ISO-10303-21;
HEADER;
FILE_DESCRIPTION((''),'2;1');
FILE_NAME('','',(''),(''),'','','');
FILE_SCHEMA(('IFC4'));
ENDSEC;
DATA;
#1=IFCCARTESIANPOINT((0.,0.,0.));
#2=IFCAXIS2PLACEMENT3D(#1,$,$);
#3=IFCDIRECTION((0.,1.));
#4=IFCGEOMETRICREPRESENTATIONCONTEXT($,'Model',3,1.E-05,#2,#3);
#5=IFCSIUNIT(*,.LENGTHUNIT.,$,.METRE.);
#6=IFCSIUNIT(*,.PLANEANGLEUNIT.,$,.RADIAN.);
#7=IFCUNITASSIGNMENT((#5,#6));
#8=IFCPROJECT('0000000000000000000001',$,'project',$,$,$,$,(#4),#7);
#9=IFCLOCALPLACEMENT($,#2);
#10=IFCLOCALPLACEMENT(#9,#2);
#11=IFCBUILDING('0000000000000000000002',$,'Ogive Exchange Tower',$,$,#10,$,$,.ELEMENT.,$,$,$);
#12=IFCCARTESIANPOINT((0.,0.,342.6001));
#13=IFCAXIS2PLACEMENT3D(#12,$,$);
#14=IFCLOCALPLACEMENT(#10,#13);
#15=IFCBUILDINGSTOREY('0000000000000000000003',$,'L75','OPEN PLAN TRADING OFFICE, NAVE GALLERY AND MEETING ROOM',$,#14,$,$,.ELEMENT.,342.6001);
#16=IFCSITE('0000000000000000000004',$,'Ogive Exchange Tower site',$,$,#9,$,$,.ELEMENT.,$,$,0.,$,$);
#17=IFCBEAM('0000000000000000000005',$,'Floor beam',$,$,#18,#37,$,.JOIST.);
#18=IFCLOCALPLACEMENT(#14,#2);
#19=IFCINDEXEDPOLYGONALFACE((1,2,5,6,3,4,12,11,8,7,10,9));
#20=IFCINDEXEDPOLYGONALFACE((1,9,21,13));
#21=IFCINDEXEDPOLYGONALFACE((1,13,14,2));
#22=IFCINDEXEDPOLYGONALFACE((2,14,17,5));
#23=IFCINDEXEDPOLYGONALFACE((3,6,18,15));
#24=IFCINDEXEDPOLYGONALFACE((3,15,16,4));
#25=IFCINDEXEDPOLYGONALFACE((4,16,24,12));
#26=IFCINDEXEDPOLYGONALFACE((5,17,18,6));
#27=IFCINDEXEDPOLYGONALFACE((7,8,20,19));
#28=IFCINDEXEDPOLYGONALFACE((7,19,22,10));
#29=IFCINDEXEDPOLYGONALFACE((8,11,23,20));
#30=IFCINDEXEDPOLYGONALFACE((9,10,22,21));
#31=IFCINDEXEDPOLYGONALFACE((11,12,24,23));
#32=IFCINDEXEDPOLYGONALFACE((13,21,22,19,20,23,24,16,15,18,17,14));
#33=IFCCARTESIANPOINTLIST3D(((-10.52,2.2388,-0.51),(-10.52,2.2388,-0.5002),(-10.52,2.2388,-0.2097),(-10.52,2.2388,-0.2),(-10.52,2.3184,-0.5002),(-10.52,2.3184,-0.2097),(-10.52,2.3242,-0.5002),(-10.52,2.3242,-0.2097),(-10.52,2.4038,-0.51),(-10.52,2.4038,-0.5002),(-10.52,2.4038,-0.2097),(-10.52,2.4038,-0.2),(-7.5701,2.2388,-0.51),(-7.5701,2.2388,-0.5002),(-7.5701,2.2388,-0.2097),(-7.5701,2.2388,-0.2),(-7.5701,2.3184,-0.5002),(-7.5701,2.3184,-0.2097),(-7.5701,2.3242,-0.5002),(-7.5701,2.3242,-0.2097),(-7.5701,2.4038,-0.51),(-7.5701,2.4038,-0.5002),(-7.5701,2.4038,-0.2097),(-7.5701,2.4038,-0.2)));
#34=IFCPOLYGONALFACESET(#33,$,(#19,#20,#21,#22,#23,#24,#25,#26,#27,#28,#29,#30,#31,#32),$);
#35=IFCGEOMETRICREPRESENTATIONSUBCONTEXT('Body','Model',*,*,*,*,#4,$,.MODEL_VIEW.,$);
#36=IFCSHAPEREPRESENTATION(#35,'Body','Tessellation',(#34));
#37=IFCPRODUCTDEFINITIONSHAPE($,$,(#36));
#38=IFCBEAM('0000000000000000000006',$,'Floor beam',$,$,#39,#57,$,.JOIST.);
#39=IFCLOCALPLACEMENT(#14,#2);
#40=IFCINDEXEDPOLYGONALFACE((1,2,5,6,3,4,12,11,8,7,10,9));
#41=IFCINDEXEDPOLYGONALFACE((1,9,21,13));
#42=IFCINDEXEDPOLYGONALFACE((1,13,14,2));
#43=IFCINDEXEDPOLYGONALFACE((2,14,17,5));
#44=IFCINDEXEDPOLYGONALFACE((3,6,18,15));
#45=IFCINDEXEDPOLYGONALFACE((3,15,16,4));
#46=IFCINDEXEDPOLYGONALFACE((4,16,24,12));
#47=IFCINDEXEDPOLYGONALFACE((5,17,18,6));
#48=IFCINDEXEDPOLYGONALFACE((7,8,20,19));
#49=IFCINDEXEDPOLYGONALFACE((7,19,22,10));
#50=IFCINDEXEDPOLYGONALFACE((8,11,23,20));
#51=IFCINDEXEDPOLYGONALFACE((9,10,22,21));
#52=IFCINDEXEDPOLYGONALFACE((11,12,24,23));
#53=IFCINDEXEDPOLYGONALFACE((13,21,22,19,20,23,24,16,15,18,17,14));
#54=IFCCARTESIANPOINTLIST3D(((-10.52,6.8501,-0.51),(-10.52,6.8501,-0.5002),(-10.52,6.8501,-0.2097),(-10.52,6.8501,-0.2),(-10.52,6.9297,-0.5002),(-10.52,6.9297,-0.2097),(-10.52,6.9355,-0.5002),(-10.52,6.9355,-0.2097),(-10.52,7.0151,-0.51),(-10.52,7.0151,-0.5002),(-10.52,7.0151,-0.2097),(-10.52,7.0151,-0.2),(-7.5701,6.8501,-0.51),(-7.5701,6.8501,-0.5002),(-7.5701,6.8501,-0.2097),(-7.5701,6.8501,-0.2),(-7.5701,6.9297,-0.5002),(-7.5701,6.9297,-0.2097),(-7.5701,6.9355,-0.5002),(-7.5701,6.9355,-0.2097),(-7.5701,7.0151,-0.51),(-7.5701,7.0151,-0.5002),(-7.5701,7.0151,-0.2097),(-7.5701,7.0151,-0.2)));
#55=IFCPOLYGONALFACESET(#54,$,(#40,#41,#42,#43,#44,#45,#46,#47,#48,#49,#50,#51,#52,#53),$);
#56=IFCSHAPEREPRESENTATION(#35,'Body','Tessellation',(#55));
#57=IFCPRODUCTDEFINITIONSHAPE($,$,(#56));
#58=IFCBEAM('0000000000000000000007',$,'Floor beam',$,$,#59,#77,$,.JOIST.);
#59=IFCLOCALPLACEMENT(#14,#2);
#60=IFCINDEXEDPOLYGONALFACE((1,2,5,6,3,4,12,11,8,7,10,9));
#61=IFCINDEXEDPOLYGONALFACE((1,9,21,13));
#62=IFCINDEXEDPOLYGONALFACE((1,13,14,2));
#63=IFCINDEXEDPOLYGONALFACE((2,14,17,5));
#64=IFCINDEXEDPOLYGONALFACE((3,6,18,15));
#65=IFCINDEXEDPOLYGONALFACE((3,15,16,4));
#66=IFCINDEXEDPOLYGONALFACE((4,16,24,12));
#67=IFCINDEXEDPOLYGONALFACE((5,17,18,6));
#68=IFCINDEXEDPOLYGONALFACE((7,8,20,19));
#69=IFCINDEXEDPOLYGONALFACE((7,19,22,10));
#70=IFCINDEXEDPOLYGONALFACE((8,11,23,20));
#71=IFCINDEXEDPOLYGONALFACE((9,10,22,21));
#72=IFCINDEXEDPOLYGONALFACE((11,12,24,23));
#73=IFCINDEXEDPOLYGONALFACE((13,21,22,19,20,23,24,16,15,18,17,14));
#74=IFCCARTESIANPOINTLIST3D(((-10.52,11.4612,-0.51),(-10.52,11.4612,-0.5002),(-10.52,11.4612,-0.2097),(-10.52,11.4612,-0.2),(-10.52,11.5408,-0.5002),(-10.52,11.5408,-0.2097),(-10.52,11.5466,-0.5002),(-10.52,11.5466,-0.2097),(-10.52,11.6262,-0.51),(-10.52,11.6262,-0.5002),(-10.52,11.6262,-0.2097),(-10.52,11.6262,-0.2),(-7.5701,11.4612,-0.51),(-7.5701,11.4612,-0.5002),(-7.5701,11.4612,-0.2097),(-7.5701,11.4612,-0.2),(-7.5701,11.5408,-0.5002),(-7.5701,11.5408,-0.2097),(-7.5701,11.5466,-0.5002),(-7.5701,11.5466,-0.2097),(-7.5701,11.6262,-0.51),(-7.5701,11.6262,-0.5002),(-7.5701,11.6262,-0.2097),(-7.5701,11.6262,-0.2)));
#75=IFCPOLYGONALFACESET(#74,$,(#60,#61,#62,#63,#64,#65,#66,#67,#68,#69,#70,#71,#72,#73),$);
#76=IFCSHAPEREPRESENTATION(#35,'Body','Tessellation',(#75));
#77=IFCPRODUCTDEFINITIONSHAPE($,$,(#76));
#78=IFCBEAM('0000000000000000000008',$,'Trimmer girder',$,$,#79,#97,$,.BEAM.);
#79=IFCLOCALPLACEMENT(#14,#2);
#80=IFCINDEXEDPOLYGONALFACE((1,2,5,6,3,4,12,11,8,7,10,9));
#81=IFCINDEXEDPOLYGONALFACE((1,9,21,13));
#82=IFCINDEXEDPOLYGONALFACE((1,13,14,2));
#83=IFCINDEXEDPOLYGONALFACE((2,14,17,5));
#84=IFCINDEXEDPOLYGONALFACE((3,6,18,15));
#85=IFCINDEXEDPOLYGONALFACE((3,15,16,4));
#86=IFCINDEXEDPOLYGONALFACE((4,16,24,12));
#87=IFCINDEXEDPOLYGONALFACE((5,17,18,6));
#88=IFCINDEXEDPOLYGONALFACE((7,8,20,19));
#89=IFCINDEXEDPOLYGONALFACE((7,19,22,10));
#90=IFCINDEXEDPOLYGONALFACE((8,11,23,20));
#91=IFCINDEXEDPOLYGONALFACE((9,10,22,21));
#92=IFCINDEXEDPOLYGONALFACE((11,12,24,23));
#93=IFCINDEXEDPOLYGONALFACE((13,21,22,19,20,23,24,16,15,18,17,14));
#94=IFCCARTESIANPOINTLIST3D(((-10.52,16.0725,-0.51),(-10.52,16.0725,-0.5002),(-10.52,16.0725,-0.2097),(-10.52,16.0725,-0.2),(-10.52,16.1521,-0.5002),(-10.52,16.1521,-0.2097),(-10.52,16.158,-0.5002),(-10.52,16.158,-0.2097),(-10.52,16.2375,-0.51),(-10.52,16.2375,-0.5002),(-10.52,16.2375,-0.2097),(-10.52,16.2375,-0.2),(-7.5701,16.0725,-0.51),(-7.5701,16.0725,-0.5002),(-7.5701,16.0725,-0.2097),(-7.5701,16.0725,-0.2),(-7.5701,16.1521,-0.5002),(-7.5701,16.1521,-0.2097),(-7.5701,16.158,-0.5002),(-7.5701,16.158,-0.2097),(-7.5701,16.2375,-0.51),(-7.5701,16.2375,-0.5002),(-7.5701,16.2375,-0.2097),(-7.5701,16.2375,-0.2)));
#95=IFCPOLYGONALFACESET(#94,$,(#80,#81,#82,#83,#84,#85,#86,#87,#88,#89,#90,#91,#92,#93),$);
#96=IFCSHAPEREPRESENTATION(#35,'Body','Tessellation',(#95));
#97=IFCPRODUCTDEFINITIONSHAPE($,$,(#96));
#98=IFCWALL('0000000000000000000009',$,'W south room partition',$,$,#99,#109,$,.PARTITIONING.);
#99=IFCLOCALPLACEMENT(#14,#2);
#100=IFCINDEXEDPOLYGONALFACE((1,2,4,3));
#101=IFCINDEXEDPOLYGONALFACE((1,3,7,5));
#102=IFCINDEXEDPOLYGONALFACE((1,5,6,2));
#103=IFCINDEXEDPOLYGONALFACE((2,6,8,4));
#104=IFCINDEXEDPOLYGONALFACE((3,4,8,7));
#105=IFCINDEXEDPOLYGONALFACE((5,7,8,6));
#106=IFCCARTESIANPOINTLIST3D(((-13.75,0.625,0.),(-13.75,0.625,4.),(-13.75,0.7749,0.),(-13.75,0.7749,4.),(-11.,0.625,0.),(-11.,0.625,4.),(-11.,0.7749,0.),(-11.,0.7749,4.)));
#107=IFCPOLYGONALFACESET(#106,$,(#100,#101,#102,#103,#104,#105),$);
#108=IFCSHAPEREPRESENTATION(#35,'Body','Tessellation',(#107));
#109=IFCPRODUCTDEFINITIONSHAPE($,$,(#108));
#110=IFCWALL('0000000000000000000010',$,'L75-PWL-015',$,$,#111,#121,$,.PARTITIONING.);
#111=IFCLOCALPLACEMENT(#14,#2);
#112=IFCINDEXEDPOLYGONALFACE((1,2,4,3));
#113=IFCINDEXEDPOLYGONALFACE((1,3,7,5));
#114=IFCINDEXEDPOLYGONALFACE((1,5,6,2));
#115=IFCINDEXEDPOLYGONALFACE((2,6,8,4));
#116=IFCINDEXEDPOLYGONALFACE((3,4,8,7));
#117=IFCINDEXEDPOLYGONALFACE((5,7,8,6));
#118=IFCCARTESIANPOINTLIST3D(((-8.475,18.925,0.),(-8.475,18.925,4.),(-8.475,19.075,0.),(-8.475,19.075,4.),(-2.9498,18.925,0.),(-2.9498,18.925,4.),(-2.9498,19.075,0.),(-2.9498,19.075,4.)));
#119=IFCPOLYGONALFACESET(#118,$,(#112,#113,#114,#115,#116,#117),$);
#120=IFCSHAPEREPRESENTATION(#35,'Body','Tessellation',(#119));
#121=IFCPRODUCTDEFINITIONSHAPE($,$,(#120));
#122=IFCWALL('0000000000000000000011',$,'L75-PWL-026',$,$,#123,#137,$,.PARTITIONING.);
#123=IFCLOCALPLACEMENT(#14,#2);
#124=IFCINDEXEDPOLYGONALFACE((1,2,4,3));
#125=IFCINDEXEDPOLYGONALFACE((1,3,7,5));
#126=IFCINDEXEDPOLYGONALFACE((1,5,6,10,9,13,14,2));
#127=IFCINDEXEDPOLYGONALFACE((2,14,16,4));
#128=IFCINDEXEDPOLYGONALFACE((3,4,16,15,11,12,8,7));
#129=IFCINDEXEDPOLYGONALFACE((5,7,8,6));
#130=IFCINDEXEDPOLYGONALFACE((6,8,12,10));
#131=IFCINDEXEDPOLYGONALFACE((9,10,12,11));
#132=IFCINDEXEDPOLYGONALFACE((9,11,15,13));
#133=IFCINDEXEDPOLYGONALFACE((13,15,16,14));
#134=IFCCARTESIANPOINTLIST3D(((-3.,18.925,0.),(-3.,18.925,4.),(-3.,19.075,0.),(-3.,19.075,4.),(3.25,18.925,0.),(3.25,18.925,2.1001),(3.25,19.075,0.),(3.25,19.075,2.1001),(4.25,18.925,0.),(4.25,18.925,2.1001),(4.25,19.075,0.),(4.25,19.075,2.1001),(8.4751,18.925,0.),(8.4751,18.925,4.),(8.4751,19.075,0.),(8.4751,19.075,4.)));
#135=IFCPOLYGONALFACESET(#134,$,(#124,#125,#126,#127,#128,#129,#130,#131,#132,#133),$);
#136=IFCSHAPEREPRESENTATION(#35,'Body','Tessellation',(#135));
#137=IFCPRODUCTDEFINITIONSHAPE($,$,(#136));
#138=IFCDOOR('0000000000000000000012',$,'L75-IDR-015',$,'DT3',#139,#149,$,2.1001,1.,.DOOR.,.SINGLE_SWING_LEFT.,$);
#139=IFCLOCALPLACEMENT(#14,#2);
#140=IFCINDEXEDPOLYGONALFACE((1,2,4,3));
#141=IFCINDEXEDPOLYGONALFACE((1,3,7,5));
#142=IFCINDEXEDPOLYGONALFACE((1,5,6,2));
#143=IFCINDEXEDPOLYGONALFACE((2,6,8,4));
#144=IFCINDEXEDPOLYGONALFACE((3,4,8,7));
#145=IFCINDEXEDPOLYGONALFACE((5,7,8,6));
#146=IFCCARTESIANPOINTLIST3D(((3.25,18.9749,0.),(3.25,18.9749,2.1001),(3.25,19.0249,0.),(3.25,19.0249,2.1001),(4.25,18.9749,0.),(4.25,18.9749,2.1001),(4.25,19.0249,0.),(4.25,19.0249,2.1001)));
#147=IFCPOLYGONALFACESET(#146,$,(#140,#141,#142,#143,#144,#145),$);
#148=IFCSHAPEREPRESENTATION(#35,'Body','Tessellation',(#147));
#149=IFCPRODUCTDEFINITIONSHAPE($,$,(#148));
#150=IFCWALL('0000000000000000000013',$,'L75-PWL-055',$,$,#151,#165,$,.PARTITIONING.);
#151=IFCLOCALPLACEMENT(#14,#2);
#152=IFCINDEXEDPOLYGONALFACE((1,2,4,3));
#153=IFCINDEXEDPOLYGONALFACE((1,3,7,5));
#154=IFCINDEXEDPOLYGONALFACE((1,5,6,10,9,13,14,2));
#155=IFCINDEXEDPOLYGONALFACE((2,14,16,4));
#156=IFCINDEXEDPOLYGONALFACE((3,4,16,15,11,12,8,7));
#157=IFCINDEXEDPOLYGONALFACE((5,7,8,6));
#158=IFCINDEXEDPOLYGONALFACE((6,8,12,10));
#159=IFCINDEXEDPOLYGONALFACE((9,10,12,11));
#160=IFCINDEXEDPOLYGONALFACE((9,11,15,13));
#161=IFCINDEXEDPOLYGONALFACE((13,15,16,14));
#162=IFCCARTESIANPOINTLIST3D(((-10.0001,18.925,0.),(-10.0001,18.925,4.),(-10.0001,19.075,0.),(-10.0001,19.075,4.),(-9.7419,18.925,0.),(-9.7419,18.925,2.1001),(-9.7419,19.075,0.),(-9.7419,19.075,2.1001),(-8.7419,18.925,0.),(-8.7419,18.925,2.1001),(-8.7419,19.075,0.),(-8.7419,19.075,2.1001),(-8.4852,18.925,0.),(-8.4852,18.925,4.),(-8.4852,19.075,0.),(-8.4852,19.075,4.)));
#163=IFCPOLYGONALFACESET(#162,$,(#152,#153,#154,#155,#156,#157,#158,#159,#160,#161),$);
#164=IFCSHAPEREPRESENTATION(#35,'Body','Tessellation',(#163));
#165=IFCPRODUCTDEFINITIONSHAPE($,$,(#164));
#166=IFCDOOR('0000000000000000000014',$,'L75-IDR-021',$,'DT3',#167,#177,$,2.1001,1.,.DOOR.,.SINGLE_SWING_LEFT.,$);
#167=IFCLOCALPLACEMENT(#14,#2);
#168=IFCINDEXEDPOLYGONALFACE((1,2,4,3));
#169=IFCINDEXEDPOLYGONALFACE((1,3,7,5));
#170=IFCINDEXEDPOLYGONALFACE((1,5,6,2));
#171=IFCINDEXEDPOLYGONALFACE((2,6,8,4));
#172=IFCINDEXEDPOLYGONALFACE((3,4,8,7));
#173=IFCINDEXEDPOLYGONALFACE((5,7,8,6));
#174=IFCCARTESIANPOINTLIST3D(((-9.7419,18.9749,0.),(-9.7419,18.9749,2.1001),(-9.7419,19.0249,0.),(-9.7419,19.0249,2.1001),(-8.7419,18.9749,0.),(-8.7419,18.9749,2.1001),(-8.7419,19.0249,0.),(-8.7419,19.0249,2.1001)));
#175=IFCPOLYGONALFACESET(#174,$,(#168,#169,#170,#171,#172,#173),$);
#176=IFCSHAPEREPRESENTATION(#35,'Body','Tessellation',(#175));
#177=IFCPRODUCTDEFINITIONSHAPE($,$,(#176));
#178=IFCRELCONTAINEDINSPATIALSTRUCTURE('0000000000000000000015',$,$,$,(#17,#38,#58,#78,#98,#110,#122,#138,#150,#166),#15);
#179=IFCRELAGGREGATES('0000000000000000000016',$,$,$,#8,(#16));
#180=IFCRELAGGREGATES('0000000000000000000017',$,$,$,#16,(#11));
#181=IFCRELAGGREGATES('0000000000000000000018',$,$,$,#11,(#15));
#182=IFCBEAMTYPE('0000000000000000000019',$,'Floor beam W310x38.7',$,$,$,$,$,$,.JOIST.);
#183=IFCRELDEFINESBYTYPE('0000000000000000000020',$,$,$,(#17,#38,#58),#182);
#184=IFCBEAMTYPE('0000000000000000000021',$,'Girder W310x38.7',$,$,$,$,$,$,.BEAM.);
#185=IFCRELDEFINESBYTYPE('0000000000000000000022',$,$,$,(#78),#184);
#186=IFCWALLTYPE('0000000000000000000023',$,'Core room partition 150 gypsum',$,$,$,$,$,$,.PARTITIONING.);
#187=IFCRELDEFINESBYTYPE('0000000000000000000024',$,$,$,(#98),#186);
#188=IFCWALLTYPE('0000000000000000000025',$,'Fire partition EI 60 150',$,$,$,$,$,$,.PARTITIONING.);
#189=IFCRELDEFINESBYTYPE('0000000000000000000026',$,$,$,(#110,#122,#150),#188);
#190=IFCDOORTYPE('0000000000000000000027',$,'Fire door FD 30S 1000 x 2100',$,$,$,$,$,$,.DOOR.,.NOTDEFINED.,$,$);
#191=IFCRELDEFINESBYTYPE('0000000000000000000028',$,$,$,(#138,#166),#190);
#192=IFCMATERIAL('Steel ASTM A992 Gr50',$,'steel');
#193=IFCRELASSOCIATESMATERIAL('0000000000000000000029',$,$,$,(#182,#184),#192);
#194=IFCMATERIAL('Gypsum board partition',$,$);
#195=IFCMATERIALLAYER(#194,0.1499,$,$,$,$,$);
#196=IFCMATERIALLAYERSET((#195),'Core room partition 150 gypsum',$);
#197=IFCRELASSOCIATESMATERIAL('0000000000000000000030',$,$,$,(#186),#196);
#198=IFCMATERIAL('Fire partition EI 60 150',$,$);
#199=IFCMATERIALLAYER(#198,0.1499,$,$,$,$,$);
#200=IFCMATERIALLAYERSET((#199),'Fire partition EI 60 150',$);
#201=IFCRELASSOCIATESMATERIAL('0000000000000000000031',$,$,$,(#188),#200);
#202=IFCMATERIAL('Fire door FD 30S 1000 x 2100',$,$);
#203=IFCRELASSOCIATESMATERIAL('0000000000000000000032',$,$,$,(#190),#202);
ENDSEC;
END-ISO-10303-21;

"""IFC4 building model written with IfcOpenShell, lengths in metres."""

from ifc_helpers import new_model, si_unit, direction, frame, frame_2d, origin, origin_2d, place, context, subcontext, project, spatial, rectangle, i_section, extrude, material, layer, layer_set, material_profile, profile_set, type_object, element, fill, save


model = new_model("IFC4")

# Units and contexts
model_context = context("Model", 3, precision=1e-05, world=origin(), true_north=direction((0.0, 1.0)))
body_context = subcontext(model_context, "Body", "Model", "MODEL_VIEW")
ifc_project = project(units=[si_unit("LENGTHUNIT", "METRE"), si_unit("PLANEANGLEUNIT", "RADIAN")], contexts=[model_context])

# Site, building, storey
site_placement = place(None, origin())
site = spatial("IfcSite", under=ifc_project, at=site_placement, Name="Ogive Exchange Tower site", CompositionType="ELEMENT", RefElevation=0.0)
building_placement = place(site_placement, origin())
building = spatial("IfcBuilding", under=site, at=building_placement, Name="Ogive Exchange Tower", CompositionType="ELEMENT")
storey_placement = place(building_placement, frame((0.0, 0.0, 342.6001)))
storey = spatial("IfcBuildingStorey", under=building, at=storey_placement, Name="L75", Description="OPEN PLAN TRADING OFFICE, NAVE GALLERY AND MEETING ROOM", CompositionType="ELEMENT", Elevation=342.6001)

# Beams
ifc_material_1 = material(Name="Steel ASTM A992 Gr50", Category="steel")
ifc_material_profile_1 = material_profile(ifc_material_1, i_section(OverallWidth=0.165, OverallDepth=0.3101, WebThickness=0.0059, FlangeThickness=0.0098, at=origin_2d()), Name="W310x38.7")
ifc_profile_set_1 = profile_set([ifc_material_profile_1], Name="Steel ASTM A992 Gr50")
beam_type_1 = type_object("IfcBeamType", Name="Floor beam W310x38.7", PredefinedType="JOIST", material=ifc_profile_set_1)
for number, where, z_axis, x_axis, name in (
    (1, (-10.52, 2.3213, -0.355), (1.0, 0.0, 0.0), (0.0, 1.0, 0.0), "Floor beam"),
    (2, (-10.52, 6.9326, -0.355), (1.0, 0.0, 0.0), (0.0, 1.0, 0.0), "Floor beam"),
    (3, (-10.52, 11.5437, -0.355), (1.0, 0.0, 0.0), (0.0, 1.0, 0.0), "Floor beam"),
):
    element("IfcBeam", number, at=place(storey_placement, frame(where, z_axis=z_axis, x_axis=x_axis)), inside=storey, type_object=beam_type_1, Name=name, PredefinedType="JOIST", context=body_context, shape_type="SweptSolid", body=[
        extrude(i_section(OverallWidth=0.165, OverallDepth=0.3101, WebThickness=0.0059, FlangeThickness=0.0098, at=origin_2d()), origin(), (0.0, 0.0, 1.0), 2.95),
    ])
ifc_material_profile_2 = material_profile(ifc_material_1, i_section(OverallWidth=0.165, OverallDepth=0.3101, WebThickness=0.0059, FlangeThickness=0.0098, at=origin_2d()), Name="W310x38.7")
ifc_profile_set_2 = profile_set([ifc_material_profile_2], Name="Steel ASTM A992 Gr50")
beam_type_2 = type_object("IfcBeamType", Name="Girder W310x38.7", PredefinedType="BEAM", material=ifc_profile_set_2)
beam_placement = place(storey_placement, frame((-10.52, 16.155, -0.355), z_axis=(1.0, 0.0, 0.0), x_axis=(0.0, 1.0, 0.0)))
element("IfcBeam", 4, at=beam_placement, inside=storey, type_object=beam_type_2, Name="Trimmer girder", PredefinedType="BEAM", context=body_context, shape_type="SweptSolid", body=[
    extrude(i_section(OverallWidth=0.165, OverallDepth=0.3101, WebThickness=0.0059, FlangeThickness=0.0098, at=origin_2d()), origin(), (0.0, 0.0, 1.0), 2.95),
])

# Walls
ifc_material_2 = material(Name="Gypsum board partition")
ifc_layer_1 = layer(ifc_material_2, 0.1499)
ifc_layer_set_1 = layer_set([ifc_layer_1], Name="Core room partition 150 gypsum")
wall_type_1 = type_object("IfcWallType", Name="Core room partition 150 gypsum", PredefinedType="PARTITIONING", material=ifc_layer_set_1)
wall_1_placement = place(storey_placement, frame((-13.75, 0.7, 0.0), z_axis=(0.0, 0.0, 1.0), x_axis=(1.0, 0.0, 0.0)))
element("IfcWall", 5, at=wall_1_placement, inside=storey, type_object=wall_type_1, Name="W south room partition", PredefinedType="PARTITIONING", context=body_context, shape_type="SweptSolid", body=[
    extrude(rectangle(XDim=2.75, YDim=0.1499, at=frame_2d((1.375, 0.0))), origin(), (0.0, 0.0, 1.0), 4.0),
])
ifc_material_3 = material(Name="Fire partition EI 60 150")
ifc_layer_2 = layer(ifc_material_3, 0.1499)
ifc_layer_set_2 = layer_set([ifc_layer_2], Name="Fire partition EI 60 150")
wall_type_2 = type_object("IfcWallType", Name="Fire partition EI 60 150", PredefinedType="PARTITIONING", material=ifc_layer_set_2)
wall_2_placement = place(storey_placement, frame((-8.4751, 19.0, 0.0), z_axis=(0.0, 0.0, 1.0), x_axis=(1.0, 0.0, 0.0)))
element("IfcWall", 6, at=wall_2_placement, inside=storey, type_object=wall_type_2, Name="L75-PWL-015", PredefinedType="PARTITIONING", context=body_context, shape_type="SweptSolid", body=[
    extrude(rectangle(XDim=5.5251, YDim=0.1499, at=frame_2d((2.7627, 0.0))), origin(), (0.0, 0.0, 1.0), 4.0),
])

# Walls, openings, doors
wall_3_placement = place(storey_placement, frame((-3.0, 19.0, 0.0), z_axis=(0.0, 0.0, 1.0), x_axis=(1.0, 0.0, 0.0)))
wall_3 = element("IfcWall", 7, at=wall_3_placement, inside=storey, type_object=wall_type_2, Name="L75-PWL-026", PredefinedType="PARTITIONING", context=body_context, shape_type="SweptSolid", body=[
    extrude(rectangle(XDim=11.4751, YDim=0.1499, at=frame_2d((5.7375, 0.0))), origin(), (0.0, 0.0, 1.0), 4.0),
])
opening_1_placement = place(wall_3_placement, frame((6.25, 0.0, 0.0)))
opening_1 = element("IfcOpeningElement", 8, at=opening_1_placement, cuts=wall_3, PredefinedType="OPENING", context=body_context, shape_type="SweptSolid", body=[
    extrude(rectangle(XDim=1.0, YDim=2.1001, at=frame_2d((0.5, 1.05))), frame((0.0, 0.085, 0.0), z_axis=(0.0, -1.0, 0.0), x_axis=(1.0, 0.0, 0.0)), (0.0, 0.0, 1.0), 0.1699),
])
ifc_material_4 = material(Name="Fire door FD 30S 1000 x 2100")
door_type_1 = type_object("IfcDoorType", Name="Fire door FD 30S 1000 x 2100", OperationType="NOTDEFINED", PredefinedType="DOOR", material=ifc_material_4)
door_1_placement = place(opening_1_placement, origin())
door_1 = element("IfcDoor", 9, at=door_1_placement, inside=storey, type_object=door_type_1, Name="L75-IDR-015", ObjectType="DT3", OperationType="SINGLE_SWING_LEFT", OverallHeight=2.1001, OverallWidth=1.0, PredefinedType="DOOR", context=body_context, shape_type="SweptSolid", body=[
    extrude(rectangle(XDim=1.0, YDim=2.1001, at=frame_2d((0.5, 1.05))), frame((0.0, 0.0249, 0.0), z_axis=(0.0, -1.0, 0.0), x_axis=(1.0, 0.0, 0.0)), (0.0, 0.0, 1.0), 0.05),
])
fill(opening_1, door_1)
wall_4_placement = place(storey_placement, frame((-10.0, 19.0, 0.0), z_axis=(0.0, 0.0, 1.0), x_axis=(1.0, 0.0, 0.0)))
wall_4 = element("IfcWall", 10, at=wall_4_placement, inside=storey, type_object=wall_type_2, Name="L75-PWL-055", PredefinedType="PARTITIONING", context=body_context, shape_type="SweptSolid", body=[
    extrude(rectangle(XDim=1.5149, YDim=0.1499, at=frame_2d((0.7573, 0.0))), origin(), (0.0, 0.0, 1.0), 4.0),
])
opening_2_placement = place(wall_4_placement, frame((0.2581, 0.0, 0.0)))
opening_2 = element("IfcOpeningElement", 11, at=opening_2_placement, cuts=wall_4, PredefinedType="OPENING", context=body_context, shape_type="SweptSolid", body=[
    extrude(rectangle(XDim=1.0, YDim=2.1001, at=frame_2d((0.5, 1.05))), frame((0.0, 0.085, 0.0), z_axis=(0.0, -1.0, 0.0), x_axis=(1.0, 0.0, 0.0)), (0.0, 0.0, 1.0), 0.1699),
])
door_2_placement = place(opening_2_placement, origin())
door_2 = element("IfcDoor", 12, at=door_2_placement, inside=storey, type_object=door_type_1, Name="L75-IDR-021", ObjectType="DT3", OperationType="SINGLE_SWING_LEFT", OverallHeight=2.1001, OverallWidth=1.0, PredefinedType="DOOR", context=body_context, shape_type="SweptSolid", body=[
    extrude(rectangle(XDim=1.0, YDim=2.1001, at=frame_2d((0.5, 1.05))), frame((0.0, 0.0249, 0.0), z_axis=(0.0, -1.0, 0.0), x_axis=(1.0, 0.0, 0.0)), (0.0, 0.0, 1.0), 0.05),
])
fill(opening_2, door_2)

save(model, "model.ifc")
